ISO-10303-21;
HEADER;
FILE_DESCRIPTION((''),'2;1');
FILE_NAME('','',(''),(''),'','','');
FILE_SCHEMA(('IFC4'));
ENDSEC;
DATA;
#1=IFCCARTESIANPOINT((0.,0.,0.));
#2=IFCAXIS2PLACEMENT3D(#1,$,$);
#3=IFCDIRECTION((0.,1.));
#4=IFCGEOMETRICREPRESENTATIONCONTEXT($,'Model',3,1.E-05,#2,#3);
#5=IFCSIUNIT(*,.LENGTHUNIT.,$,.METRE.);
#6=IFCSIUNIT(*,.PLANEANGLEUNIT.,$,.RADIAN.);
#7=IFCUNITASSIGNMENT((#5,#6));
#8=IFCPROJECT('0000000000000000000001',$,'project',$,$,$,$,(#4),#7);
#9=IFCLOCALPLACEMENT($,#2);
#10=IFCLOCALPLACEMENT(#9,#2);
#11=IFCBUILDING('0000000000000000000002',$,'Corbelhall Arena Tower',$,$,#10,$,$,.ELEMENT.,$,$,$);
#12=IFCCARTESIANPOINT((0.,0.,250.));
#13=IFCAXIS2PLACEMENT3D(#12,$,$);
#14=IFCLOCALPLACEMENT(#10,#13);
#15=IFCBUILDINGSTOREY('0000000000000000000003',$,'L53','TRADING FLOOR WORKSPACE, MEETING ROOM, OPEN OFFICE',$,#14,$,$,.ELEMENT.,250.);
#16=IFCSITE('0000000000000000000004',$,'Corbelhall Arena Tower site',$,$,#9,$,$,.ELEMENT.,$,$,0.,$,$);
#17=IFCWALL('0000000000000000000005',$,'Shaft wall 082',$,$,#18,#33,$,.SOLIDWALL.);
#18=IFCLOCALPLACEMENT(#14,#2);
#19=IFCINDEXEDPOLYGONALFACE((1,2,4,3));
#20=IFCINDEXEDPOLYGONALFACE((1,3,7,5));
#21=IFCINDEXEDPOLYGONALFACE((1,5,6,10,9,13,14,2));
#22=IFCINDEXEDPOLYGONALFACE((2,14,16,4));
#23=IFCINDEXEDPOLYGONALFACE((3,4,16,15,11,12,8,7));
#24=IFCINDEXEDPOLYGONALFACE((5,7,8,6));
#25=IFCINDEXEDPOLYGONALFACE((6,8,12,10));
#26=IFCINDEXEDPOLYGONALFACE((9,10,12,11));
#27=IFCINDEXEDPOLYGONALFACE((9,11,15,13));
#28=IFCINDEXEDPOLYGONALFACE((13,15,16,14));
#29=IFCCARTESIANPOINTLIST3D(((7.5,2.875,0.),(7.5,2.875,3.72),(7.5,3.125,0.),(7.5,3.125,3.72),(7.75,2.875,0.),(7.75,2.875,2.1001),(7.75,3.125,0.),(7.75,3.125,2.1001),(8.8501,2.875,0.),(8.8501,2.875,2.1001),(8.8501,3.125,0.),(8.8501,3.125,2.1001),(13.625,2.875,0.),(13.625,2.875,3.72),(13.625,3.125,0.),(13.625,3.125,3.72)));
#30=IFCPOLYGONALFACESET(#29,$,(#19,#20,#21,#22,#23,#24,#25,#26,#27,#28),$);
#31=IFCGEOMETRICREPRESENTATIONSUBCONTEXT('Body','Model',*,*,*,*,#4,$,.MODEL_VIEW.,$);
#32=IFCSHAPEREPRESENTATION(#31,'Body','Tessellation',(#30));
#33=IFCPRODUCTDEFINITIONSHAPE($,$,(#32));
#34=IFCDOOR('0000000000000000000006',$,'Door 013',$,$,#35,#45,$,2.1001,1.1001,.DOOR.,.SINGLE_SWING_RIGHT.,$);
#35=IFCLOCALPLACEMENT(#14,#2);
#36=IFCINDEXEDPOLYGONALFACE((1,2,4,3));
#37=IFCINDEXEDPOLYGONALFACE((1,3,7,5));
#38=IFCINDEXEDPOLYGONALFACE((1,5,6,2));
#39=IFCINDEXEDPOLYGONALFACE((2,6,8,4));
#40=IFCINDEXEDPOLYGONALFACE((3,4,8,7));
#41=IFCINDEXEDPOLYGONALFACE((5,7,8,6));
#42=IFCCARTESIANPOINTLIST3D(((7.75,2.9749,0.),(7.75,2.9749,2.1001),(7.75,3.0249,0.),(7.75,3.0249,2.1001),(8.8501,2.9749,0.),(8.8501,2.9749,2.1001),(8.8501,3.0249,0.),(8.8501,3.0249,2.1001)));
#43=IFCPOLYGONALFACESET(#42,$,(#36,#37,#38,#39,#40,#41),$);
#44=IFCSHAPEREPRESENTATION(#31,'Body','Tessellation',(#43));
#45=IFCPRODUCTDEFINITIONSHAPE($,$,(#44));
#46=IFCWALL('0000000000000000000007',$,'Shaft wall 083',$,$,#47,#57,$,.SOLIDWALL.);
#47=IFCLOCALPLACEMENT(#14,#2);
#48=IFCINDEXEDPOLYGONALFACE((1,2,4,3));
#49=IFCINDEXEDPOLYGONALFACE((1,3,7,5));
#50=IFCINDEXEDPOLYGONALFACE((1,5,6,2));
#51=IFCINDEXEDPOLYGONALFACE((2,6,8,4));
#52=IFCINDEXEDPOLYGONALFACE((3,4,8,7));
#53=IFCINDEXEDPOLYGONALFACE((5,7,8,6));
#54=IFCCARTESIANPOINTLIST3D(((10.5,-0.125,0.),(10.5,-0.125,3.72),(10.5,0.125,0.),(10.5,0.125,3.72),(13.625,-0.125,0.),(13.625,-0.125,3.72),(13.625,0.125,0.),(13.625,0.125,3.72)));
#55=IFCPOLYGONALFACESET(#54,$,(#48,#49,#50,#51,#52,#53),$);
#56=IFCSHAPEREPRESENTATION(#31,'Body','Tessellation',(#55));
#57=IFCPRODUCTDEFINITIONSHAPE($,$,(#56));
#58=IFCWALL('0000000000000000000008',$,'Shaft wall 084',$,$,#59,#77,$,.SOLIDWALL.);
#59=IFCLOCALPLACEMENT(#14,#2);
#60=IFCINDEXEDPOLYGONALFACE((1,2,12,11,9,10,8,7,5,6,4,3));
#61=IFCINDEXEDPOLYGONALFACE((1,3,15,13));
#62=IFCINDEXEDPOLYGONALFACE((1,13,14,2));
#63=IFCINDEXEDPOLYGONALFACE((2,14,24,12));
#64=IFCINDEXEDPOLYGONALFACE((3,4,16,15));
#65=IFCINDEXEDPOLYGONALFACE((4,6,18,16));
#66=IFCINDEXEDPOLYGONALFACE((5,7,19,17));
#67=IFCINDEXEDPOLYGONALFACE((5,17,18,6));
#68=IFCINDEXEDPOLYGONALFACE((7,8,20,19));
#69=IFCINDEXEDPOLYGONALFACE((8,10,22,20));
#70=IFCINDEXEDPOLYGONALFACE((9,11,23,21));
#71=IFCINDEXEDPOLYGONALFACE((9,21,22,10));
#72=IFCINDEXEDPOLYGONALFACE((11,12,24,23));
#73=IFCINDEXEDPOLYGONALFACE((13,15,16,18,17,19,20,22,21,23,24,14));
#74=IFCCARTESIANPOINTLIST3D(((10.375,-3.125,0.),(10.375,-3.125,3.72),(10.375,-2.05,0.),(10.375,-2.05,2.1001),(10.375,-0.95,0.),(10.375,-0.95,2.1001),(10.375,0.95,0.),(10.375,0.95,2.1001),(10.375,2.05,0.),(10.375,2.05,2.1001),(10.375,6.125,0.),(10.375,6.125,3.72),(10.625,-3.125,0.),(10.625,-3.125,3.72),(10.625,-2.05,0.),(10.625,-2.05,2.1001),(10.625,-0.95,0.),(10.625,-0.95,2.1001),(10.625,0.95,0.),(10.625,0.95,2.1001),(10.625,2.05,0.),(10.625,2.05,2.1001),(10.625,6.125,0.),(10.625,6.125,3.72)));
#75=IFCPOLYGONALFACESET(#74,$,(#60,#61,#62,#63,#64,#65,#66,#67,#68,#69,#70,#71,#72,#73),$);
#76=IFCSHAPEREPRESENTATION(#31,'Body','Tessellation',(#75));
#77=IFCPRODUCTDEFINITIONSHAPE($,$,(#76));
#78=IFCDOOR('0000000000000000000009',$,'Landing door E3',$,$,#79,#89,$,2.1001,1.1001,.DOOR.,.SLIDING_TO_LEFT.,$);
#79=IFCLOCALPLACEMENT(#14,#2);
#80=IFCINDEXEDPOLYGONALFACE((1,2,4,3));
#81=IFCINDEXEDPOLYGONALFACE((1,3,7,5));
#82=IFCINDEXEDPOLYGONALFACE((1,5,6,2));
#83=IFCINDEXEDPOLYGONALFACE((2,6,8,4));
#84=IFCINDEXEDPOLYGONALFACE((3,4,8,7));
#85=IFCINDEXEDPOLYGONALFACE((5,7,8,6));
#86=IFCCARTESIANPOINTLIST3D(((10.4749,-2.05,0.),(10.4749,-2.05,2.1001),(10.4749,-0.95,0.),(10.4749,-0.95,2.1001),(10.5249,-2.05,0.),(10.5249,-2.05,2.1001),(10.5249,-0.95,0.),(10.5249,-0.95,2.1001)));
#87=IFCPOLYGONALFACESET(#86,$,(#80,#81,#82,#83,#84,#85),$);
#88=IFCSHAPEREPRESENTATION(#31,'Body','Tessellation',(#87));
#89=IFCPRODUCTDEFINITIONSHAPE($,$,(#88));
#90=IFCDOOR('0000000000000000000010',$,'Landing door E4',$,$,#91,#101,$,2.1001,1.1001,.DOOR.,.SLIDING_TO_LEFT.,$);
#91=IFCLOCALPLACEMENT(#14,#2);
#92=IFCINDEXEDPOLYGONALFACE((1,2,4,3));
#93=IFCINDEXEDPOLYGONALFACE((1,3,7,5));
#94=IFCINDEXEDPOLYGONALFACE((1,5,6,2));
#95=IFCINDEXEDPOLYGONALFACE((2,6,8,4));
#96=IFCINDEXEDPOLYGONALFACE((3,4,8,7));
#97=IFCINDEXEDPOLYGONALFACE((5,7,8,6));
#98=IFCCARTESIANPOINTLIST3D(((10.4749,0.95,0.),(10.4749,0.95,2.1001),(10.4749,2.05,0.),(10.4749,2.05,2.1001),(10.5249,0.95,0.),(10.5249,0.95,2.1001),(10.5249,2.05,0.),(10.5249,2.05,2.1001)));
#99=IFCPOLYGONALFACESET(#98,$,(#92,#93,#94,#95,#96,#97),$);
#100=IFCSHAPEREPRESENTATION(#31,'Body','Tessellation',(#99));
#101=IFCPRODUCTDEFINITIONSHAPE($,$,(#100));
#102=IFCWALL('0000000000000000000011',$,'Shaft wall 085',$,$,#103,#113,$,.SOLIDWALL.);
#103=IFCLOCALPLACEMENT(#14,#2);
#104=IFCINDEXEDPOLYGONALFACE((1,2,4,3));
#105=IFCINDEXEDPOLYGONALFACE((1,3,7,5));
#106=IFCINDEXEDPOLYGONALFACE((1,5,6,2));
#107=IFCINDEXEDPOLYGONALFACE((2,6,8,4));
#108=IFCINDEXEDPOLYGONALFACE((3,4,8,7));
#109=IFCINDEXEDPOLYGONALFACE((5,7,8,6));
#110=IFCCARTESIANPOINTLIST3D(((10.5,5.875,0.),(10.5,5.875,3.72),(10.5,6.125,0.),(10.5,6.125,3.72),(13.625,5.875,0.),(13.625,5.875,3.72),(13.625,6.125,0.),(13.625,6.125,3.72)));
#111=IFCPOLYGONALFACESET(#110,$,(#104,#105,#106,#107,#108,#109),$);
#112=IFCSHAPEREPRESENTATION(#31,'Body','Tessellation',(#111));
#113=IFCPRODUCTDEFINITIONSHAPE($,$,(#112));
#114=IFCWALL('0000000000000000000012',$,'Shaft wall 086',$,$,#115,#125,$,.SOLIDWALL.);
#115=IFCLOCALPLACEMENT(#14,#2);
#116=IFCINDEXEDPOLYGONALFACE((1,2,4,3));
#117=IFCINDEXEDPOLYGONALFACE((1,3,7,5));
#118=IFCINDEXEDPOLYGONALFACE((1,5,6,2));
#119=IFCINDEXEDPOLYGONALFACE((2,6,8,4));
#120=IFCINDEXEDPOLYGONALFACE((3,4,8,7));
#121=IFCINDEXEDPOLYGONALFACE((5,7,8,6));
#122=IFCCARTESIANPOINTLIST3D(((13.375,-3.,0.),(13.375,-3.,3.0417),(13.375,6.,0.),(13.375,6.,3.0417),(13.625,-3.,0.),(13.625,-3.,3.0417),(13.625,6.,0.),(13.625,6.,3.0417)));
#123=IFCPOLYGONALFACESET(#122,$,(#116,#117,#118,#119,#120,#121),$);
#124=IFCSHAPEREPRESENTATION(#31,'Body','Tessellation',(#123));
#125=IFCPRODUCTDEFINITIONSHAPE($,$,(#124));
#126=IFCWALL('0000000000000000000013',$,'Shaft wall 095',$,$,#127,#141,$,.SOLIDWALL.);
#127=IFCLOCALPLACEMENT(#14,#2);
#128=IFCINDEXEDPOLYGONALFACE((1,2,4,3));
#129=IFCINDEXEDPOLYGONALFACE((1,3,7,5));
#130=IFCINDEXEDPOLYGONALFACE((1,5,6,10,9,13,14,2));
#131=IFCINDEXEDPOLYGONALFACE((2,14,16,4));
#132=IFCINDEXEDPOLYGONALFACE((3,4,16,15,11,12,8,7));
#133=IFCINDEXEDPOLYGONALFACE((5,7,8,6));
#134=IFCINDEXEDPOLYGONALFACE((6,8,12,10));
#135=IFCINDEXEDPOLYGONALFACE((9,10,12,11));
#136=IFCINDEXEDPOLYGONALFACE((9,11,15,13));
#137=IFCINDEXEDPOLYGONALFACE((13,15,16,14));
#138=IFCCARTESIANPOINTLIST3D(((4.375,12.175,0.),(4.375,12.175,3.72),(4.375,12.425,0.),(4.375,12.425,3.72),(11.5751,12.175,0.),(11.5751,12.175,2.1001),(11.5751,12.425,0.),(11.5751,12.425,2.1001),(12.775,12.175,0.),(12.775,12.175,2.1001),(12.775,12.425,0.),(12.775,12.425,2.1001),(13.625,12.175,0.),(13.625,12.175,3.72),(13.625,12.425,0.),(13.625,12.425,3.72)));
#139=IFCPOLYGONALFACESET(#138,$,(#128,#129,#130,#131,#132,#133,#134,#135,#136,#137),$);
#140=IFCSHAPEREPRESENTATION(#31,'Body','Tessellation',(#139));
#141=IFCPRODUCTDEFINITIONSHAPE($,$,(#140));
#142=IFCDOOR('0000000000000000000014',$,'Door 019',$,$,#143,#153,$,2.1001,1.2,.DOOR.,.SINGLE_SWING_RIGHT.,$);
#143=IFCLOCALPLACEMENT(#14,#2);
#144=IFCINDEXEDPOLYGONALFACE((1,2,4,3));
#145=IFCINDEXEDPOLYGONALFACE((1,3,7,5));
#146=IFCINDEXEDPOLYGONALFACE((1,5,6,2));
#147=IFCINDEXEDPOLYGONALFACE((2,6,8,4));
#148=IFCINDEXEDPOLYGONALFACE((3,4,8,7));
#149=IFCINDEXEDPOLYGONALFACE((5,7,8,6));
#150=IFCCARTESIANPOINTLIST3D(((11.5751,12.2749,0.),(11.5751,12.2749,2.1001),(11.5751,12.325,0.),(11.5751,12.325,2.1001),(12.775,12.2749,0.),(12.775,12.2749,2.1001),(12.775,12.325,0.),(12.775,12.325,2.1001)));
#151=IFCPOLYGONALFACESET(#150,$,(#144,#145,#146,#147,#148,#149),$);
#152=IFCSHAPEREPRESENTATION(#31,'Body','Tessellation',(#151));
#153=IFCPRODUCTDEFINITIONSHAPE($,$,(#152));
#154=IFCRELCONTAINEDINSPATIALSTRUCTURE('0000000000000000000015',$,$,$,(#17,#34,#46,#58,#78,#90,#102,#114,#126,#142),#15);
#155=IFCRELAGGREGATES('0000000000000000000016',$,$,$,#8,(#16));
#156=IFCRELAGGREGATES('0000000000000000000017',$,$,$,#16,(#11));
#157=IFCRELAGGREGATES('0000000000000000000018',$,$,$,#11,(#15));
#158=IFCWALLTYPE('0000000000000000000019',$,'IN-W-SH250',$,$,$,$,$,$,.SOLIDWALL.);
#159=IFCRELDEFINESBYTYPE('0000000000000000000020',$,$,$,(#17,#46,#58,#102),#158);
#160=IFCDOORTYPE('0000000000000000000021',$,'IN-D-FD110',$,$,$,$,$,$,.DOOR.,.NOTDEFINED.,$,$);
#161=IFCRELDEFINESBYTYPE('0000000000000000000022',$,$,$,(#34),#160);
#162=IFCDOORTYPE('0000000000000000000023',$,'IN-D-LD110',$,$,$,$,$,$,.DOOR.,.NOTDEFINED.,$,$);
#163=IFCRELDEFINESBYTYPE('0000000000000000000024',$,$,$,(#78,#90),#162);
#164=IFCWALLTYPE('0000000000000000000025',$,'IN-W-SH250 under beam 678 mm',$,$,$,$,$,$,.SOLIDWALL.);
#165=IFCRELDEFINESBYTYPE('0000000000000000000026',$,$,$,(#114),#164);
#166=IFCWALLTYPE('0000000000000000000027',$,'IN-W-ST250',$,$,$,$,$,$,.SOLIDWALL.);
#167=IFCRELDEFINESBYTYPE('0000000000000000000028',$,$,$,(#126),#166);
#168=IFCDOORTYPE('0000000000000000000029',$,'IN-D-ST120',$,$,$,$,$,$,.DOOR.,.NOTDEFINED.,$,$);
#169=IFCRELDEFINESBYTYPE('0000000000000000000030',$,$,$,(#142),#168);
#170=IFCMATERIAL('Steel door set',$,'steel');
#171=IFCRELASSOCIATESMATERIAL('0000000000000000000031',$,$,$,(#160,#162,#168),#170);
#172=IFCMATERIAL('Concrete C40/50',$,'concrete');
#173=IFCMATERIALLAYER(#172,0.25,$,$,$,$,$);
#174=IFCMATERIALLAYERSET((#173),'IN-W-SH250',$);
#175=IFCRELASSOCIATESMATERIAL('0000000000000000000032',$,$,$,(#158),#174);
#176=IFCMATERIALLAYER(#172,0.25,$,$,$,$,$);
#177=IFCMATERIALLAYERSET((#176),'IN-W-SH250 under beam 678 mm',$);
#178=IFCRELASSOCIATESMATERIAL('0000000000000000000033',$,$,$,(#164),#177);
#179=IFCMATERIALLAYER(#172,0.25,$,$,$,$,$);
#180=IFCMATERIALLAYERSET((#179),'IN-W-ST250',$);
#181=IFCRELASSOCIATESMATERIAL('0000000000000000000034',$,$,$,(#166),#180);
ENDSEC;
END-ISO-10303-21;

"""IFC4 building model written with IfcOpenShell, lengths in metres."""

from ifc_helpers import new_model, si_unit, direction, frame, frame_2d, origin, place, context, subcontext, project, spatial, rectangle, extrude, material, layer, layer_set, type_object, element, fill, save


model = new_model("IFC4")

# Units and contexts
model_context = context("Model", 3, precision=1e-05, world=origin(), true_north=direction((0.0, 1.0)))
body_context = subcontext(model_context, "Body", "Model", "MODEL_VIEW")
ifc_project = project(units=[si_unit("LENGTHUNIT", "METRE"), si_unit("PLANEANGLEUNIT", "RADIAN")], contexts=[model_context])

# Site, building, storey
site_placement = place(None, origin())
site = spatial("IfcSite", under=ifc_project, at=site_placement, Name="Corbelhall Arena Tower site", CompositionType="ELEMENT", RefElevation=0.0)
building_placement = place(site_placement, origin())
building = spatial("IfcBuilding", under=site, at=building_placement, Name="Corbelhall Arena Tower", CompositionType="ELEMENT")
storey_placement = place(building_placement, frame((0.0, 0.0, 250.0)))
storey = spatial("IfcBuildingStorey", under=building, at=storey_placement, Name="L53", Description="TRADING FLOOR WORKSPACE, MEETING ROOM, OPEN OFFICE", CompositionType="ELEMENT", Elevation=250.0)

# Shared definitions
ifc_material_1 = material(Name="Steel door set", Category="steel")
door_type_1 = type_object("IfcDoorType", Name="IN-D-FD110", OperationType="NOTDEFINED", PredefinedType="DOOR", material=ifc_material_1)

# Shared definitions
ifc_material_2 = material(Name="Concrete C40/50", Category="concrete")
ifc_layer_1 = layer(ifc_material_2, 0.25)
ifc_layer_set_1 = layer_set([ifc_layer_1], Name="IN-W-SH250")
wall_type_1 = type_object("IfcWallType", Name="IN-W-SH250", PredefinedType="SOLIDWALL", material=ifc_layer_set_1)

# Wall, opening, door
wall_1_placement = place(storey_placement, frame((7.5, 3.0, 0.0), z_axis=(0.0, 0.0, 1.0), x_axis=(1.0, 0.0, 0.0)))
wall_1 = element("IfcWall", 1, at=wall_1_placement, inside=storey, type_object=wall_type_1, Name="Shaft wall 082", PredefinedType="SOLIDWALL", context=body_context, shape_type="SweptSolid", body=[
    extrude(rectangle(XDim=6.125, YDim=0.25, at=frame_2d((3.0625, 0.0))), origin(), (0.0, 0.0, 1.0), 3.72),
])
opening_1_placement = place(wall_1_placement, frame((0.25, 0.0, 0.0)))
opening_1 = element("IfcOpeningElement", 2, at=opening_1_placement, cuts=wall_1, PredefinedType="OPENING", context=body_context, shape_type="SweptSolid", body=[
    extrude(rectangle(XDim=1.1001, YDim=2.1001, at=frame_2d((0.55, 1.05))), frame((0.0, 0.125, 0.0), z_axis=(0.0, -1.0, 0.0), x_axis=(1.0, 0.0, 0.0)), (0.0, 0.0, 1.0), 0.25),
])
door_1_placement = place(opening_1_placement, origin())
door_1 = element("IfcDoor", 3, at=door_1_placement, inside=storey, type_object=door_type_1, Name="Door 013", OperationType="SINGLE_SWING_RIGHT", OverallHeight=2.1001, OverallWidth=1.1001, PredefinedType="DOOR", context=body_context, shape_type="SweptSolid", body=[
    extrude(rectangle(XDim=1.1001, YDim=2.1001, at=frame_2d((0.55, 1.05))), frame((0.0, 0.0249, 0.0), z_axis=(0.0, -1.0, 0.0), x_axis=(1.0, 0.0, 0.0)), (0.0, 0.0, 1.0), 0.05),
])
fill(opening_1, door_1)

# Wall
wall_2_placement = place(storey_placement, frame((10.5, 0.0, 0.0), z_axis=(0.0, 0.0, 1.0), x_axis=(1.0, 0.0, 0.0)))
element("IfcWall", 4, at=wall_2_placement, inside=storey, type_object=wall_type_1, Name="Shaft wall 083", PredefinedType="SOLIDWALL", context=body_context, shape_type="SweptSolid", body=[
    extrude(rectangle(XDim=3.125, YDim=0.25, at=frame_2d((1.5625, 0.0))), origin(), (0.0, 0.0, 1.0), 3.72),
])

# Wall, openings, doors
wall_3_placement = place(storey_placement, frame((10.5, 6.125, 0.0), z_axis=(0.0, 0.0, 1.0), x_axis=(0.0, -1.0, 0.0)))
wall_3 = element("IfcWall", 5, at=wall_3_placement, inside=storey, type_object=wall_type_1, Name="Shaft wall 084", PredefinedType="SOLIDWALL", context=body_context, shape_type="SweptSolid", body=[
    extrude(rectangle(XDim=9.25, YDim=0.25, at=frame_2d((4.625, 0.0))), origin(), (0.0, 0.0, 1.0), 3.72),
])
opening_2_placement = place(wall_3_placement, frame((7.075, 0.0, 0.0)))
opening_2 = element("IfcOpeningElement", 6, at=opening_2_placement, cuts=wall_3, PredefinedType="OPENING", context=body_context, shape_type="SweptSolid", body=[
    extrude(rectangle(XDim=1.1001, YDim=2.1001, at=frame_2d((0.55, 1.05))), frame((0.0, 0.125, 0.0), z_axis=(0.0, -1.0, 0.0), x_axis=(1.0, 0.0, 0.0)), (0.0, 0.0, 1.0), 0.25),
])
opening_3_placement = place(wall_3_placement, frame((4.075, 0.0, 0.0)))
opening_3 = element("IfcOpeningElement", 7, at=opening_3_placement, cuts=wall_3, PredefinedType="OPENING", context=body_context, shape_type="SweptSolid", body=[
    extrude(rectangle(XDim=1.1001, YDim=2.1001, at=frame_2d((0.55, 1.05))), frame((0.0, 0.125, 0.0), z_axis=(0.0, -1.0, 0.0), x_axis=(1.0, 0.0, 0.0)), (0.0, 0.0, 1.0), 0.25),
])
door_type_2 = type_object("IfcDoorType", Name="IN-D-LD110", OperationType="NOTDEFINED", PredefinedType="DOOR", material=ifc_material_1)
door_2_placement = place(opening_2_placement, origin())
door_2 = element("IfcDoor", 8, at=door_2_placement, inside=storey, type_object=door_type_2, Name="Landing door E3", OperationType="SLIDING_TO_LEFT", OverallHeight=2.1001, OverallWidth=1.1001, PredefinedType="DOOR", context=body_context, shape_type="SweptSolid", body=[
    extrude(rectangle(XDim=1.1001, YDim=2.1001, at=frame_2d((0.55, 1.05))), frame((0.0, 0.0249, 0.0), z_axis=(0.0, -1.0, 0.0), x_axis=(1.0, 0.0, 0.0)), (0.0, 0.0, 1.0), 0.05),
])
fill(opening_2, door_2)
door_3_placement = place(opening_3_placement, origin())
door_3 = element("IfcDoor", 9, at=door_3_placement, inside=storey, type_object=door_type_2, Name="Landing door E4", OperationType="SLIDING_TO_LEFT", OverallHeight=2.1001, OverallWidth=1.1001, PredefinedType="DOOR", context=body_context, shape_type="SweptSolid", body=[
    extrude(rectangle(XDim=1.1001, YDim=2.1001, at=frame_2d((0.55, 1.05))), frame((0.0, 0.0249, 0.0), z_axis=(0.0, -1.0, 0.0), x_axis=(1.0, 0.0, 0.0)), (0.0, 0.0, 1.0), 0.05),
])
fill(opening_3, door_3)

# Walls
wall_4_placement = place(storey_placement, frame((10.5, 6.0, 0.0), z_axis=(0.0, 0.0, 1.0), x_axis=(1.0, 0.0, 0.0)))
element("IfcWall", 10, at=wall_4_placement, inside=storey, type_object=wall_type_1, Name="Shaft wall 085", PredefinedType="SOLIDWALL", context=body_context, shape_type="SweptSolid", body=[
    extrude(rectangle(XDim=3.125, YDim=0.25, at=frame_2d((1.5625, 0.0))), origin(), (0.0, 0.0, 1.0), 3.72),
])
ifc_layer_2 = layer(ifc_material_2, 0.25)
ifc_layer_set_2 = layer_set([ifc_layer_2], Name="IN-W-SH250 under beam 678 mm")
wall_type_2 = type_object("IfcWallType", Name="IN-W-SH250 under beam 678 mm", PredefinedType="SOLIDWALL", material=ifc_layer_set_2)
wall_5_placement = place(storey_placement, frame((13.5, 6.0, 0.0), z_axis=(0.0, 0.0, 1.0), x_axis=(0.0, -1.0, 0.0)))
element("IfcWall", 11, at=wall_5_placement, inside=storey, type_object=wall_type_2, Name="Shaft wall 086", PredefinedType="SOLIDWALL", context=body_context, shape_type="SweptSolid", body=[
    extrude(rectangle(XDim=9.0, YDim=0.25, at=frame_2d((4.5, 0.0))), origin(), (0.0, 0.0, 1.0), 3.0417),
])

# Wall, opening, door
ifc_layer_3 = layer(ifc_material_2, 0.25)
ifc_layer_set_3 = layer_set([ifc_layer_3], Name="IN-W-ST250")
wall_type_3 = type_object("IfcWallType", Name="IN-W-ST250", PredefinedType="SOLIDWALL", material=ifc_layer_set_3)
wall_6_placement = place(storey_placement, frame((4.375, 12.3, 0.0), z_axis=(0.0, 0.0, 1.0), x_axis=(1.0, 0.0, 0.0)))
wall_6 = element("IfcWall", 12, at=wall_6_placement, inside=storey, type_object=wall_type_3, Name="Shaft wall 095", PredefinedType="SOLIDWALL", context=body_context, shape_type="SweptSolid", body=[
    extrude(rectangle(XDim=9.25, YDim=0.25, at=frame_2d((4.625, 0.0))), origin(), (0.0, 0.0, 1.0), 3.72),
])
opening_4_placement = place(wall_6_placement, frame((7.2, 0.0, 0.0)))
opening_4 = element("IfcOpeningElement", 13, at=opening_4_placement, cuts=wall_6, PredefinedType="OPENING", context=body_context, shape_type="SweptSolid", body=[
    extrude(rectangle(XDim=1.2, YDim=2.1001, at=frame_2d((0.6001, 1.05))), frame((0.0, 0.125, 0.0), z_axis=(0.0, -1.0, 0.0), x_axis=(1.0, 0.0, 0.0)), (0.0, 0.0, 1.0), 0.25),
])
door_type_3 = type_object("IfcDoorType", Name="IN-D-ST120", OperationType="NOTDEFINED", PredefinedType="DOOR", material=ifc_material_1)
door_4_placement = place(opening_4_placement, origin())
door_4 = element("IfcDoor", 14, at=door_4_placement, inside=storey, type_object=door_type_3, Name="Door 019", OperationType="SINGLE_SWING_RIGHT", OverallHeight=2.1001, OverallWidth=1.2, PredefinedType="DOOR", context=body_context, shape_type="SweptSolid", body=[
    extrude(rectangle(XDim=1.2, YDim=2.1001, at=frame_2d((0.6001, 1.05))), frame((0.0, 0.0249, 0.0), z_axis=(0.0, -1.0, 0.0), x_axis=(1.0, 0.0, 0.0)), (0.0, 0.0, 1.0), 0.05),
])
fill(opening_4, door_4)

save(model, "model.ifc")
